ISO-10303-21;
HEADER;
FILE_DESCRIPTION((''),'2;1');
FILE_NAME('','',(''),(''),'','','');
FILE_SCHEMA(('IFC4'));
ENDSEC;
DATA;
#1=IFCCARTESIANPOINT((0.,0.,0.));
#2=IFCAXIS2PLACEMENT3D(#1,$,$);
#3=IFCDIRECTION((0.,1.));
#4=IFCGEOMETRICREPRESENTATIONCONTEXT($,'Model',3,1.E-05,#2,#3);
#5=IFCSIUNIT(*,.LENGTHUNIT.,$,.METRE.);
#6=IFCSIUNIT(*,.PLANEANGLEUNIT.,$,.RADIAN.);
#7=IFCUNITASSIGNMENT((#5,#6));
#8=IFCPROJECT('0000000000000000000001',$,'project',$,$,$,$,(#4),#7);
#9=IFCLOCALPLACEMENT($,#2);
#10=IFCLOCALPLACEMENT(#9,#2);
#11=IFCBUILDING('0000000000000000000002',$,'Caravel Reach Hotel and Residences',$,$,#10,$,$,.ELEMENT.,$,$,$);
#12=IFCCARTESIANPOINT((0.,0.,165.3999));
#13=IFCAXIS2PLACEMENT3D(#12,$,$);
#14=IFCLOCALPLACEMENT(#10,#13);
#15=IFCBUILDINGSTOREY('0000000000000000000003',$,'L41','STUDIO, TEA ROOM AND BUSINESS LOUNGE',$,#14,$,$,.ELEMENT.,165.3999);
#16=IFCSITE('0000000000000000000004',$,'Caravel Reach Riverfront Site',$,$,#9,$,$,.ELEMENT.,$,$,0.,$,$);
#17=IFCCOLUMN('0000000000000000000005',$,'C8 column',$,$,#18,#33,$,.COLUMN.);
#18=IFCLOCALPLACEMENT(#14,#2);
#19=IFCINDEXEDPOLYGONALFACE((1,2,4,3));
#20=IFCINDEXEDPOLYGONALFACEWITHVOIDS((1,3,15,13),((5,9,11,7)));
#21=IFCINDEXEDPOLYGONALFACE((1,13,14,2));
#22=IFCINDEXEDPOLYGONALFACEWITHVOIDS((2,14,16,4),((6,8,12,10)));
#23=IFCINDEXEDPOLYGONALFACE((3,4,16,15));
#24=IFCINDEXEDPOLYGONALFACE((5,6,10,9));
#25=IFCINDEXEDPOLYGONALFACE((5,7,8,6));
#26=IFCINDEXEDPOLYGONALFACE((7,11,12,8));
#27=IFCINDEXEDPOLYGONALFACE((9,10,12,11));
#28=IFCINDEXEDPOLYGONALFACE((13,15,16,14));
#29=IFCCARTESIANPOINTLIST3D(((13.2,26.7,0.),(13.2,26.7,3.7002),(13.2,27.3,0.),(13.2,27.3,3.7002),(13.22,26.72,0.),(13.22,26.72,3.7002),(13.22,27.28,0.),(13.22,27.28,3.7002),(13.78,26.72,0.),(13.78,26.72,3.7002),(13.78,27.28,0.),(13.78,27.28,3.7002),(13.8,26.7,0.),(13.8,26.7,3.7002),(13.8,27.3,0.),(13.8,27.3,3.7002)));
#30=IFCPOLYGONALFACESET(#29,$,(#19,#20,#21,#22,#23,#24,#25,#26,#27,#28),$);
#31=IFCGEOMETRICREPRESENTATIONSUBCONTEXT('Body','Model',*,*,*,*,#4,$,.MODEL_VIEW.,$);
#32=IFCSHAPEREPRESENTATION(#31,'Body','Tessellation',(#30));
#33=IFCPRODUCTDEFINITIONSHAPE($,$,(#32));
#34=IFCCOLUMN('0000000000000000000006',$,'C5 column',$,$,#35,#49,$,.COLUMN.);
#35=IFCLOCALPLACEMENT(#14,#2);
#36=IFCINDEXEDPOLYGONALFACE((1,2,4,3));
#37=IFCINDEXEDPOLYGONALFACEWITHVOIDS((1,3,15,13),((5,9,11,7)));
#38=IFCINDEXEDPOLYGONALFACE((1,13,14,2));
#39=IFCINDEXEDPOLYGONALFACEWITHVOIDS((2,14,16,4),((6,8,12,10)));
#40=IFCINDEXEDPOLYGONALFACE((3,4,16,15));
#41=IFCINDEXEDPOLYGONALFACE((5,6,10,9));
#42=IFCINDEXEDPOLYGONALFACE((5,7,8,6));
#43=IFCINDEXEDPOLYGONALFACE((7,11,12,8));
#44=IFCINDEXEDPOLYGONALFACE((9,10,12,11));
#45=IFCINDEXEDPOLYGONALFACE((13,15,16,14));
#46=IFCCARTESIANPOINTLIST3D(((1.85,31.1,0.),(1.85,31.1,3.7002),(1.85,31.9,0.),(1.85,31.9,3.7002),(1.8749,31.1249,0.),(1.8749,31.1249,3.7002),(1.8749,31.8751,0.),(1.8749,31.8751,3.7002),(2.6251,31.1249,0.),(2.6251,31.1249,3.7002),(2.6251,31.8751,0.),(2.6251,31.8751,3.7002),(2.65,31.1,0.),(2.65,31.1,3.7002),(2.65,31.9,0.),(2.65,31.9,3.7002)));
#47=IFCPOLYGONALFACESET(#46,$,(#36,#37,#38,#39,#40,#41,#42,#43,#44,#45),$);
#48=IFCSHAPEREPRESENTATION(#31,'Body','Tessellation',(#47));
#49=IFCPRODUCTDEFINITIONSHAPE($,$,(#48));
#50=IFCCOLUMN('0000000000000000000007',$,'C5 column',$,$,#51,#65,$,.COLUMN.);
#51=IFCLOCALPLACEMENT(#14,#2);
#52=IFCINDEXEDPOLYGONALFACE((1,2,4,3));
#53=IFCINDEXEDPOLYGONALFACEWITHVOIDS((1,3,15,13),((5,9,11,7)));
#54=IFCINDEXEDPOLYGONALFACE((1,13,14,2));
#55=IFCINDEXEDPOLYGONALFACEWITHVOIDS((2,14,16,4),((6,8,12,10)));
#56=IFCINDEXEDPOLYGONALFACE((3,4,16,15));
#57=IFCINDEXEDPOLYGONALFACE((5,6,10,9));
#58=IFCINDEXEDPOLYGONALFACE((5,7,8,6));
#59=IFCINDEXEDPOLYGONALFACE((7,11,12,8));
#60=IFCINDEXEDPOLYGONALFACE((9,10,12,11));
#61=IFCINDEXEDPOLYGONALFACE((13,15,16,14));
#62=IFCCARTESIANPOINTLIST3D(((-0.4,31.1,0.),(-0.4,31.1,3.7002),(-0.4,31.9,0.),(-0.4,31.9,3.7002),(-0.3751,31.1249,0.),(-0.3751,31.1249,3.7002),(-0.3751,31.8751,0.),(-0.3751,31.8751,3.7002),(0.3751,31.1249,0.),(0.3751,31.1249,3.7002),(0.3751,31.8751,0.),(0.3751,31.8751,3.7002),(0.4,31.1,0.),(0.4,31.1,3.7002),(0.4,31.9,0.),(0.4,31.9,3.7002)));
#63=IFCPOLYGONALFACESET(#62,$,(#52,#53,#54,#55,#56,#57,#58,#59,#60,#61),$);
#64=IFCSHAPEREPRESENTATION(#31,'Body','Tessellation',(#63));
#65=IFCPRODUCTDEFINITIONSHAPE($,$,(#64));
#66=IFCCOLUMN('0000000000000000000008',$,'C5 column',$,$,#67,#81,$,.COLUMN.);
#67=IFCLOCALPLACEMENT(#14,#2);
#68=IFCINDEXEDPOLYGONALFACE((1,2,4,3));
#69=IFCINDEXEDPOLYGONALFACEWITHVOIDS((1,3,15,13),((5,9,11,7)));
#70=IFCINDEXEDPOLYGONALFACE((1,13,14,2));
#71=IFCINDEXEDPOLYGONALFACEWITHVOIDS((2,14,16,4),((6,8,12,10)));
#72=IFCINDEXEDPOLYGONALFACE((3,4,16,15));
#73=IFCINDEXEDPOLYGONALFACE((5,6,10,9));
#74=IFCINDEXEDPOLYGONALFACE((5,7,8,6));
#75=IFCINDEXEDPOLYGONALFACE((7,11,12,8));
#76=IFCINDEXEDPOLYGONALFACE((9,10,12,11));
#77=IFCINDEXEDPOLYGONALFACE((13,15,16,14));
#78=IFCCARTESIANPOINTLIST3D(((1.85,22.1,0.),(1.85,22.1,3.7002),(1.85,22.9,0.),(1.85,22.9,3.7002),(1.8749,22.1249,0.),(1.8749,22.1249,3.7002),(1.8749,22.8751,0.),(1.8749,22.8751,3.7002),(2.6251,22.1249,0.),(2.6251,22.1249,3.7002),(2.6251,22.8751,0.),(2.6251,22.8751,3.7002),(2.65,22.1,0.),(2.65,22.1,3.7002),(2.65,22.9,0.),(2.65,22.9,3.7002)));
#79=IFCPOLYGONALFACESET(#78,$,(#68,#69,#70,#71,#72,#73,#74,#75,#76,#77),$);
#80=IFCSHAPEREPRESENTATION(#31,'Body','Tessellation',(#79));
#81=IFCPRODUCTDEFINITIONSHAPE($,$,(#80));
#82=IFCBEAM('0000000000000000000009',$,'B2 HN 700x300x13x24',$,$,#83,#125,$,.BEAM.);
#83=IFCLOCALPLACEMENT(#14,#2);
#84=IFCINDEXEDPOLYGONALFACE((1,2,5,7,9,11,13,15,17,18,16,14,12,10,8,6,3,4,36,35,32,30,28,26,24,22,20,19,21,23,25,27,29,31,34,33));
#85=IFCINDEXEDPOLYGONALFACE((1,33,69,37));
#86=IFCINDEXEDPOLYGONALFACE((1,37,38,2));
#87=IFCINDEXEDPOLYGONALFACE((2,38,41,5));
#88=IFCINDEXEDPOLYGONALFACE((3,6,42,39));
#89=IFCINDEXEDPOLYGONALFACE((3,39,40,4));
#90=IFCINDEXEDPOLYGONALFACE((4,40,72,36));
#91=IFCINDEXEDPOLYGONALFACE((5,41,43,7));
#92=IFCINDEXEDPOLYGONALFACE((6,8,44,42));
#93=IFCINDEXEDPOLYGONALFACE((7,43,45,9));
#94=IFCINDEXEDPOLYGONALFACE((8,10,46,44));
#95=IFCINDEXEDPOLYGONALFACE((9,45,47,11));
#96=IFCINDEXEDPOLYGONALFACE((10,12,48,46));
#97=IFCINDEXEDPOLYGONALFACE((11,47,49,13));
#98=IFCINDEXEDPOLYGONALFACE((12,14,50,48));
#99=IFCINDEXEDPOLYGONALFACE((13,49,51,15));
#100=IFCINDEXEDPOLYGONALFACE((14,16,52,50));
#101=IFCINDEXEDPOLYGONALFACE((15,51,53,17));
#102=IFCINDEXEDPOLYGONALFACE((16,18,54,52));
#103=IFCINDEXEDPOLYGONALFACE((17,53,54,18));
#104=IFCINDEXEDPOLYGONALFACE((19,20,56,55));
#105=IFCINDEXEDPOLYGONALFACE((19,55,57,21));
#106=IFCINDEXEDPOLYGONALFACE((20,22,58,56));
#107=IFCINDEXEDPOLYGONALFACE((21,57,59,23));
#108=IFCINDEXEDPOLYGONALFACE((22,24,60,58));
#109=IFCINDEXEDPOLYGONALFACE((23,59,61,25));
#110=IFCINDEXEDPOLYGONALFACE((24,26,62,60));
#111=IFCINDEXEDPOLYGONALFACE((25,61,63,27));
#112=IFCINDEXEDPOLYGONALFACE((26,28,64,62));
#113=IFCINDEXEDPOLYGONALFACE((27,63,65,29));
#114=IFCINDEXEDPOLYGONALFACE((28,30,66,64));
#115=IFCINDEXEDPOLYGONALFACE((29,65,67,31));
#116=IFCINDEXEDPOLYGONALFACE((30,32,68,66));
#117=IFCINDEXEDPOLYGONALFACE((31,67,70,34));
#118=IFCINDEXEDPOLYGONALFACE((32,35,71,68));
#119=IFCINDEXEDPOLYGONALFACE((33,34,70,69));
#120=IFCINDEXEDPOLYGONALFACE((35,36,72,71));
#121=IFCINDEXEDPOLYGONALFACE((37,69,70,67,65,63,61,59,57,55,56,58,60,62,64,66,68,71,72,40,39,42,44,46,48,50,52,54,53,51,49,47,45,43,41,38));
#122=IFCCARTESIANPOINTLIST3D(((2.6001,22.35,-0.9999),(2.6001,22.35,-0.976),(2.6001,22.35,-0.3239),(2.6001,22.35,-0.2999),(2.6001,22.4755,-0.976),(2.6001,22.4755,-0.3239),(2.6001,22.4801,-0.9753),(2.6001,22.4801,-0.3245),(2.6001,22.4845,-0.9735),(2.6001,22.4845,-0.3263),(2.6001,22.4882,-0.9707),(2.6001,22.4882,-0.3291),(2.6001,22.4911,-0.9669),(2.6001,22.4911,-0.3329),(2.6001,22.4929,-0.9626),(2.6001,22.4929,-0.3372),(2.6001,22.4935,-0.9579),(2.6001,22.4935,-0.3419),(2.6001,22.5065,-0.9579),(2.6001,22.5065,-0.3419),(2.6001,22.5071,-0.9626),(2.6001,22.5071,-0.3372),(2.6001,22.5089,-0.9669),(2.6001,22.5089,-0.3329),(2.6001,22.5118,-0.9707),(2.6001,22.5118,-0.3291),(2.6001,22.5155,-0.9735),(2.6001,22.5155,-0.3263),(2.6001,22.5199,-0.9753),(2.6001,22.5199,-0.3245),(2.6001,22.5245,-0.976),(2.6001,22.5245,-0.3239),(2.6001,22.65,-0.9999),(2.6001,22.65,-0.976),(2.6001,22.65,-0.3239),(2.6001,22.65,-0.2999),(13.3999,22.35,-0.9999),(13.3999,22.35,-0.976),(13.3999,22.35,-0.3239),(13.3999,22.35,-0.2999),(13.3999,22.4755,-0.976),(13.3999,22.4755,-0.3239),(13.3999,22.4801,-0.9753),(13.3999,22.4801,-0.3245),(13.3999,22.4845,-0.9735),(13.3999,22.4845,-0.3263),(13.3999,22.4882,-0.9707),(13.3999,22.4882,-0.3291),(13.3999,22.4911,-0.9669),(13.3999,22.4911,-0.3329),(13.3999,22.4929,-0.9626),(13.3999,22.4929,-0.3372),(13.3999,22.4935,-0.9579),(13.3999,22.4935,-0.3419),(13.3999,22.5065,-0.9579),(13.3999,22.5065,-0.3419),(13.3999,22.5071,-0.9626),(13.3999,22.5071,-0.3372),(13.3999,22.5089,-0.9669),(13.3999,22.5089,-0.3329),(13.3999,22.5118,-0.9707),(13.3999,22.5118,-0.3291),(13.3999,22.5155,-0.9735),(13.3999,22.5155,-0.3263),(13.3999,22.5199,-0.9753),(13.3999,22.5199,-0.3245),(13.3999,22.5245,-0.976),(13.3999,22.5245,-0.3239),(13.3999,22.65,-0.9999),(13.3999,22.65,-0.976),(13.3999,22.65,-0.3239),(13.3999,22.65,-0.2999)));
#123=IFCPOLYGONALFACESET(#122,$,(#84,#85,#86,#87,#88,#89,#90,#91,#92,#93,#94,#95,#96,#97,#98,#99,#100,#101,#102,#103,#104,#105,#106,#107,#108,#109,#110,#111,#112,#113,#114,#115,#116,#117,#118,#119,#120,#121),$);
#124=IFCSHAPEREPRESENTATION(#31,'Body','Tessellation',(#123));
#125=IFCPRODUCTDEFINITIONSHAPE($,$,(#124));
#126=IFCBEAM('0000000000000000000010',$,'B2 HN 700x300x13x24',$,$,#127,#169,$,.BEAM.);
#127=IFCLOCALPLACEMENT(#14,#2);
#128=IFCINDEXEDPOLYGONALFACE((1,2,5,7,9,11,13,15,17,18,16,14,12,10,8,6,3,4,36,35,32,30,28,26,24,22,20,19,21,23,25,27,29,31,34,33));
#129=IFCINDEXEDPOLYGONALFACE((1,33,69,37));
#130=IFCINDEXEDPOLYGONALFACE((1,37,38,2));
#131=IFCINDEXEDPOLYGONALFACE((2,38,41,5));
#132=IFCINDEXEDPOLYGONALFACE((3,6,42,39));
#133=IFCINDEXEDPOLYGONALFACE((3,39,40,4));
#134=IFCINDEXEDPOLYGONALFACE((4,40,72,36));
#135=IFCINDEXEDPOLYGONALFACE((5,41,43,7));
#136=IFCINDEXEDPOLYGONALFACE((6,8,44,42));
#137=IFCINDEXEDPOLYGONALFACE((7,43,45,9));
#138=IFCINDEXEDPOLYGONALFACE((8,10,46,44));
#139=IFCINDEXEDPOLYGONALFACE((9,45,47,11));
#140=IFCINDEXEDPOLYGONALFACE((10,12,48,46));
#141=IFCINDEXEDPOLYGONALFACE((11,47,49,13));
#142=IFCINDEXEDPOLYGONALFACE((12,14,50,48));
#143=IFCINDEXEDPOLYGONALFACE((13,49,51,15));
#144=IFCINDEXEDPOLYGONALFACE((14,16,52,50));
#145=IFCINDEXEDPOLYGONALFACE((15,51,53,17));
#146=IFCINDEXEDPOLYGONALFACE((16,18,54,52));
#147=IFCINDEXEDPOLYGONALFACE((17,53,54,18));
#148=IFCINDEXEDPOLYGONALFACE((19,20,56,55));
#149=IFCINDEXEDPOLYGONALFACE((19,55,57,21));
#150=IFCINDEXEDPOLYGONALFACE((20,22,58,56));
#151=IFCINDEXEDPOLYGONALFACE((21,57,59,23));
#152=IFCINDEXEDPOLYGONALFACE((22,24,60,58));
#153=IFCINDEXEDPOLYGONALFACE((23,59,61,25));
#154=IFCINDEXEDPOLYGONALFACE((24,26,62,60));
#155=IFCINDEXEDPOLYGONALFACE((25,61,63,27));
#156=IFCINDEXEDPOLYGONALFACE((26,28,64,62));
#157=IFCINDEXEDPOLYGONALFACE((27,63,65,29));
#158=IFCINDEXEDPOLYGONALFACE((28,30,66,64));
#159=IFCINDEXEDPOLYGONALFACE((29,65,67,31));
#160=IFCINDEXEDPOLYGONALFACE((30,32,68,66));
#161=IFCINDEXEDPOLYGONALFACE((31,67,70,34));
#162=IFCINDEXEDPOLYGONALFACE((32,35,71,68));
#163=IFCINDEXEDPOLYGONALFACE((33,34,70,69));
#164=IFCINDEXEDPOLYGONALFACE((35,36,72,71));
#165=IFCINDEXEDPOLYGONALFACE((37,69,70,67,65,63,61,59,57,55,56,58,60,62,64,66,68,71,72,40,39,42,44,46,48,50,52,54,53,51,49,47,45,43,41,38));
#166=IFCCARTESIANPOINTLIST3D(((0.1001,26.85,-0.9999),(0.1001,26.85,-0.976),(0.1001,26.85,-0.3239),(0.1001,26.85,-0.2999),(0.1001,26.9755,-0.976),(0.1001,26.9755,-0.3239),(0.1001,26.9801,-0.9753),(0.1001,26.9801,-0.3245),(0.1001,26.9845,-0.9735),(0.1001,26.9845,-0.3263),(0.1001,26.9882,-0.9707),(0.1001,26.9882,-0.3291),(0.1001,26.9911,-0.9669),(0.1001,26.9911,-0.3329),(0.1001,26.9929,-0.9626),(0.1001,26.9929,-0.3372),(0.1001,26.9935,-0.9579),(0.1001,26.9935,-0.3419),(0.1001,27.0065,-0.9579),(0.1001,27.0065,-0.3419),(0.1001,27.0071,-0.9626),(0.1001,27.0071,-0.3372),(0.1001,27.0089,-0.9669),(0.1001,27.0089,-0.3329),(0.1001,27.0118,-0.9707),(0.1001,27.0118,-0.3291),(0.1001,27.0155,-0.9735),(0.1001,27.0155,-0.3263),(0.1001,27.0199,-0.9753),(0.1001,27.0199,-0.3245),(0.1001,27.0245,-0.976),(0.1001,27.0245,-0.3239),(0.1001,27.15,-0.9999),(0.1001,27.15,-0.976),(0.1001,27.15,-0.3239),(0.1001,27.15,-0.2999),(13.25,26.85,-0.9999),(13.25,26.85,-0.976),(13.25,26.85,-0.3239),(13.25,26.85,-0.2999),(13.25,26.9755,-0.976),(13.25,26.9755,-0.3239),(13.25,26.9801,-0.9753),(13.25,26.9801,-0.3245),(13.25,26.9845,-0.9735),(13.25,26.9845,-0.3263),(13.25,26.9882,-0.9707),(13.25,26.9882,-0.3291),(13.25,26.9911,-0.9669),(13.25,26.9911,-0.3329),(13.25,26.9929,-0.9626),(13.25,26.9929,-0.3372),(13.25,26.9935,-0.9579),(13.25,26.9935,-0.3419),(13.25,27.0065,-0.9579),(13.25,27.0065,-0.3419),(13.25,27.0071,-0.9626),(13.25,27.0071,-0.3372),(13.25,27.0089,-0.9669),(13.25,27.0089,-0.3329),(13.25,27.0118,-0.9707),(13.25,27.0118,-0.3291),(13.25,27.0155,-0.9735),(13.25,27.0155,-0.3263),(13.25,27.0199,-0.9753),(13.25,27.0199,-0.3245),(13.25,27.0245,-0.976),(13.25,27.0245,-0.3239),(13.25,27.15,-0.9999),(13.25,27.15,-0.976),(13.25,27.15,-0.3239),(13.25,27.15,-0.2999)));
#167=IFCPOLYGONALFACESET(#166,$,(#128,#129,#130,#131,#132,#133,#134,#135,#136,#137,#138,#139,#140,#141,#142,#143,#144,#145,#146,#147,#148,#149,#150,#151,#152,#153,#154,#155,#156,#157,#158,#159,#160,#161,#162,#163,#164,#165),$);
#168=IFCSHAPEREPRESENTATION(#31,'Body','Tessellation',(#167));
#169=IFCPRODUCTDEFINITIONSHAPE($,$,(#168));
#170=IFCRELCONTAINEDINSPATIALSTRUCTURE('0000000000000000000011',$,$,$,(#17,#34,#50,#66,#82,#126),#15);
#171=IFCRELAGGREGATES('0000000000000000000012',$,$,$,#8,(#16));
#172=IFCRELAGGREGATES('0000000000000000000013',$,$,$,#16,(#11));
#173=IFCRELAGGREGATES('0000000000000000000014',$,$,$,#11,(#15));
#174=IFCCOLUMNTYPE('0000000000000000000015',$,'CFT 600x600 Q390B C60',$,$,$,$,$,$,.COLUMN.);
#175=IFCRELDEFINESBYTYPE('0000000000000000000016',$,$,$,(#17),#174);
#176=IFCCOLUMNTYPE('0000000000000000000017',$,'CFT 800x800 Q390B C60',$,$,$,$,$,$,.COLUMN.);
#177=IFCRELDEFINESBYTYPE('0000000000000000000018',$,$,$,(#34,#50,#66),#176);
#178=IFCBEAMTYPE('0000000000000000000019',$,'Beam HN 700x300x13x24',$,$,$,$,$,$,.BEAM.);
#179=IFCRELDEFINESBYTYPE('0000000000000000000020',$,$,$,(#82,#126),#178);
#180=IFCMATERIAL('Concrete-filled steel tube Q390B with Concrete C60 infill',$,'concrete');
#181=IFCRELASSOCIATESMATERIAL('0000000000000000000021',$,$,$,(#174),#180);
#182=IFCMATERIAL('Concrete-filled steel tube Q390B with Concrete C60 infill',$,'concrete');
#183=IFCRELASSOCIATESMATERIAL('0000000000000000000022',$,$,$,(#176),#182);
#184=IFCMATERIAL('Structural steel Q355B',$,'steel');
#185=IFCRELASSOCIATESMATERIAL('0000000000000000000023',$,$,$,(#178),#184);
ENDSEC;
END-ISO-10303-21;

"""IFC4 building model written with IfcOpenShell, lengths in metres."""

from ifc_helpers import new_model, si_unit, direction, frame, origin, origin_2d, place, context, subcontext, project, spatial, hollow_rectangle, i_section, extrude, material, material_profile, profile_set, type_object, element, save


model = new_model("IFC4")

# Units and contexts
model_context = context("Model", 3, precision=1e-05, world=origin(), true_north=direction((0.0, 1.0)))
body_context = subcontext(model_context, "Body", "Model", "MODEL_VIEW")
ifc_project = project(units=[si_unit("LENGTHUNIT", "METRE"), si_unit("PLANEANGLEUNIT", "RADIAN")], contexts=[model_context])

# Site, building, storey
site_placement = place(None, origin())
site = spatial("IfcSite", under=ifc_project, at=site_placement, Name="Caravel Reach Riverfront Site", CompositionType="ELEMENT", RefElevation=0.0)
building_placement = place(site_placement, origin())
building = spatial("IfcBuilding", under=site, at=building_placement, Name="Caravel Reach Hotel and Residences", CompositionType="ELEMENT")
storey_placement = place(building_placement, frame((0.0, 0.0, 165.3999)))
storey = spatial("IfcBuildingStorey", under=building, at=storey_placement, Name="L41", Description="STUDIO, TEA ROOM AND BUSINESS LOUNGE", CompositionType="ELEMENT", Elevation=165.3999)

# Columns
ifc_material_1 = material(Name="Concrete-filled steel tube Q390B with Concrete C60 infill", Category="concrete")
ifc_material_profile_1 = material_profile(ifc_material_1, hollow_rectangle(XDim=0.6001, YDim=0.6001, WallThickness=0.02, at=origin_2d()), Name="RHS 600x600x20")
ifc_profile_set_1 = profile_set([ifc_material_profile_1], Name="Concrete-filled steel tube Q390B with Concrete C60 infill")
column_type_1 = type_object("IfcColumnType", Name="CFT 600x600 Q390B C60", PredefinedType="COLUMN", material=ifc_profile_set_1)
column_placement = place(storey_placement, frame((13.5, 27.0, 0.0), z_axis=(0.0, 0.0, 1.0), x_axis=(1.0, 0.0, 0.0)))
element("IfcColumn", 1, at=column_placement, inside=storey, type_object=column_type_1, Name="C8 column", PredefinedType="COLUMN", context=body_context, shape_type="SweptSolid", body=[
    extrude(hollow_rectangle(XDim=0.6001, YDim=0.6001, WallThickness=0.02, at=origin_2d()), origin(), (0.0, 0.0, 1.0), 3.7002),
])
ifc_material_2 = material(Name="Concrete-filled steel tube Q390B with Concrete C60 infill", Category="concrete")
ifc_material_profile_2 = material_profile(ifc_material_2, hollow_rectangle(XDim=0.8, YDim=0.8, WallThickness=0.0249, at=origin_2d()), Name="RHS 800x800x25")
ifc_profile_set_2 = profile_set([ifc_material_profile_2], Name="Concrete-filled steel tube Q390B with Concrete C60 infill")
column_type_2 = type_object("IfcColumnType", Name="CFT 800x800 Q390B C60", PredefinedType="COLUMN", material=ifc_profile_set_2)
for number, where, z_axis, x_axis, name in (
    (2, (2.25, 31.5, 0.0), (0.0, 0.0, 1.0), (1.0, 0.0, 0.0), "C5 column"),
    (3, (0.0, 31.5, 0.0), (0.0, 0.0, 1.0), (1.0, 0.0, 0.0), "C5 column"),
    (4, (2.25, 22.5, 0.0), (0.0, 0.0, 1.0), (1.0, 0.0, 0.0), "C5 column"),
):
    element("IfcColumn", number, at=place(storey_placement, frame(where, z_axis=z_axis, x_axis=x_axis)), inside=storey, type_object=column_type_2, Name=name, PredefinedType="COLUMN", context=body_context, shape_type="SweptSolid", body=[
        extrude(hollow_rectangle(XDim=0.8, YDim=0.8, WallThickness=0.0249, at=origin_2d()), origin(), (0.0, 0.0, 1.0), 3.7002),
    ])

# Beams
ifc_material_3 = material(Name="Structural steel Q355B", Category="steel")
ifc_material_profile_3 = material_profile(ifc_material_3, i_section(OverallWidth=0.3, OverallDepth=0.7, WebThickness=0.0129, FlangeThickness=0.0239, FilletRadius=0.0181, at=origin_2d()), Name="HN 700x300x13x24")
ifc_profile_set_3 = profile_set([ifc_material_profile_3], Name="Structural steel Q355B")
beam_type_1 = type_object("IfcBeamType", Name="Beam HN 700x300x13x24", PredefinedType="BEAM", material=ifc_profile_set_3)
beam_1_placement = place(storey_placement, frame((13.3999, 22.5, -0.6499), z_axis=(-1.0, 0.0, 0.0), x_axis=(0.0, -1.0, 0.0)))
element("IfcBeam", 5, at=beam_1_placement, inside=storey, type_object=beam_type_1, Name="B2 HN 700x300x13x24", PredefinedType="BEAM", context=body_context, shape_type="SweptSolid", body=[
    extrude(i_section(OverallWidth=0.3, OverallDepth=0.7, WebThickness=0.0129, FlangeThickness=0.0239, FilletRadius=0.0181, at=origin_2d()), origin(), (0.0, 0.0, 1.0), 10.7998),
])
beam_2_placement = place(storey_placement, frame((13.25, 27.0, -0.6499), z_axis=(-1.0, 0.0, 0.0), x_axis=(0.0, -1.0, 0.0)))
element("IfcBeam", 6, at=beam_2_placement, inside=storey, type_object=beam_type_1, Name="B2 HN 700x300x13x24", PredefinedType="BEAM", context=body_context, shape_type="SweptSolid", body=[
    extrude(i_section(OverallWidth=0.3, OverallDepth=0.7, WebThickness=0.0129, FlangeThickness=0.0239, FilletRadius=0.0181, at=origin_2d()), origin(), (0.0, 0.0, 1.0), 13.1499),
])

save(model, "model.ifc")
